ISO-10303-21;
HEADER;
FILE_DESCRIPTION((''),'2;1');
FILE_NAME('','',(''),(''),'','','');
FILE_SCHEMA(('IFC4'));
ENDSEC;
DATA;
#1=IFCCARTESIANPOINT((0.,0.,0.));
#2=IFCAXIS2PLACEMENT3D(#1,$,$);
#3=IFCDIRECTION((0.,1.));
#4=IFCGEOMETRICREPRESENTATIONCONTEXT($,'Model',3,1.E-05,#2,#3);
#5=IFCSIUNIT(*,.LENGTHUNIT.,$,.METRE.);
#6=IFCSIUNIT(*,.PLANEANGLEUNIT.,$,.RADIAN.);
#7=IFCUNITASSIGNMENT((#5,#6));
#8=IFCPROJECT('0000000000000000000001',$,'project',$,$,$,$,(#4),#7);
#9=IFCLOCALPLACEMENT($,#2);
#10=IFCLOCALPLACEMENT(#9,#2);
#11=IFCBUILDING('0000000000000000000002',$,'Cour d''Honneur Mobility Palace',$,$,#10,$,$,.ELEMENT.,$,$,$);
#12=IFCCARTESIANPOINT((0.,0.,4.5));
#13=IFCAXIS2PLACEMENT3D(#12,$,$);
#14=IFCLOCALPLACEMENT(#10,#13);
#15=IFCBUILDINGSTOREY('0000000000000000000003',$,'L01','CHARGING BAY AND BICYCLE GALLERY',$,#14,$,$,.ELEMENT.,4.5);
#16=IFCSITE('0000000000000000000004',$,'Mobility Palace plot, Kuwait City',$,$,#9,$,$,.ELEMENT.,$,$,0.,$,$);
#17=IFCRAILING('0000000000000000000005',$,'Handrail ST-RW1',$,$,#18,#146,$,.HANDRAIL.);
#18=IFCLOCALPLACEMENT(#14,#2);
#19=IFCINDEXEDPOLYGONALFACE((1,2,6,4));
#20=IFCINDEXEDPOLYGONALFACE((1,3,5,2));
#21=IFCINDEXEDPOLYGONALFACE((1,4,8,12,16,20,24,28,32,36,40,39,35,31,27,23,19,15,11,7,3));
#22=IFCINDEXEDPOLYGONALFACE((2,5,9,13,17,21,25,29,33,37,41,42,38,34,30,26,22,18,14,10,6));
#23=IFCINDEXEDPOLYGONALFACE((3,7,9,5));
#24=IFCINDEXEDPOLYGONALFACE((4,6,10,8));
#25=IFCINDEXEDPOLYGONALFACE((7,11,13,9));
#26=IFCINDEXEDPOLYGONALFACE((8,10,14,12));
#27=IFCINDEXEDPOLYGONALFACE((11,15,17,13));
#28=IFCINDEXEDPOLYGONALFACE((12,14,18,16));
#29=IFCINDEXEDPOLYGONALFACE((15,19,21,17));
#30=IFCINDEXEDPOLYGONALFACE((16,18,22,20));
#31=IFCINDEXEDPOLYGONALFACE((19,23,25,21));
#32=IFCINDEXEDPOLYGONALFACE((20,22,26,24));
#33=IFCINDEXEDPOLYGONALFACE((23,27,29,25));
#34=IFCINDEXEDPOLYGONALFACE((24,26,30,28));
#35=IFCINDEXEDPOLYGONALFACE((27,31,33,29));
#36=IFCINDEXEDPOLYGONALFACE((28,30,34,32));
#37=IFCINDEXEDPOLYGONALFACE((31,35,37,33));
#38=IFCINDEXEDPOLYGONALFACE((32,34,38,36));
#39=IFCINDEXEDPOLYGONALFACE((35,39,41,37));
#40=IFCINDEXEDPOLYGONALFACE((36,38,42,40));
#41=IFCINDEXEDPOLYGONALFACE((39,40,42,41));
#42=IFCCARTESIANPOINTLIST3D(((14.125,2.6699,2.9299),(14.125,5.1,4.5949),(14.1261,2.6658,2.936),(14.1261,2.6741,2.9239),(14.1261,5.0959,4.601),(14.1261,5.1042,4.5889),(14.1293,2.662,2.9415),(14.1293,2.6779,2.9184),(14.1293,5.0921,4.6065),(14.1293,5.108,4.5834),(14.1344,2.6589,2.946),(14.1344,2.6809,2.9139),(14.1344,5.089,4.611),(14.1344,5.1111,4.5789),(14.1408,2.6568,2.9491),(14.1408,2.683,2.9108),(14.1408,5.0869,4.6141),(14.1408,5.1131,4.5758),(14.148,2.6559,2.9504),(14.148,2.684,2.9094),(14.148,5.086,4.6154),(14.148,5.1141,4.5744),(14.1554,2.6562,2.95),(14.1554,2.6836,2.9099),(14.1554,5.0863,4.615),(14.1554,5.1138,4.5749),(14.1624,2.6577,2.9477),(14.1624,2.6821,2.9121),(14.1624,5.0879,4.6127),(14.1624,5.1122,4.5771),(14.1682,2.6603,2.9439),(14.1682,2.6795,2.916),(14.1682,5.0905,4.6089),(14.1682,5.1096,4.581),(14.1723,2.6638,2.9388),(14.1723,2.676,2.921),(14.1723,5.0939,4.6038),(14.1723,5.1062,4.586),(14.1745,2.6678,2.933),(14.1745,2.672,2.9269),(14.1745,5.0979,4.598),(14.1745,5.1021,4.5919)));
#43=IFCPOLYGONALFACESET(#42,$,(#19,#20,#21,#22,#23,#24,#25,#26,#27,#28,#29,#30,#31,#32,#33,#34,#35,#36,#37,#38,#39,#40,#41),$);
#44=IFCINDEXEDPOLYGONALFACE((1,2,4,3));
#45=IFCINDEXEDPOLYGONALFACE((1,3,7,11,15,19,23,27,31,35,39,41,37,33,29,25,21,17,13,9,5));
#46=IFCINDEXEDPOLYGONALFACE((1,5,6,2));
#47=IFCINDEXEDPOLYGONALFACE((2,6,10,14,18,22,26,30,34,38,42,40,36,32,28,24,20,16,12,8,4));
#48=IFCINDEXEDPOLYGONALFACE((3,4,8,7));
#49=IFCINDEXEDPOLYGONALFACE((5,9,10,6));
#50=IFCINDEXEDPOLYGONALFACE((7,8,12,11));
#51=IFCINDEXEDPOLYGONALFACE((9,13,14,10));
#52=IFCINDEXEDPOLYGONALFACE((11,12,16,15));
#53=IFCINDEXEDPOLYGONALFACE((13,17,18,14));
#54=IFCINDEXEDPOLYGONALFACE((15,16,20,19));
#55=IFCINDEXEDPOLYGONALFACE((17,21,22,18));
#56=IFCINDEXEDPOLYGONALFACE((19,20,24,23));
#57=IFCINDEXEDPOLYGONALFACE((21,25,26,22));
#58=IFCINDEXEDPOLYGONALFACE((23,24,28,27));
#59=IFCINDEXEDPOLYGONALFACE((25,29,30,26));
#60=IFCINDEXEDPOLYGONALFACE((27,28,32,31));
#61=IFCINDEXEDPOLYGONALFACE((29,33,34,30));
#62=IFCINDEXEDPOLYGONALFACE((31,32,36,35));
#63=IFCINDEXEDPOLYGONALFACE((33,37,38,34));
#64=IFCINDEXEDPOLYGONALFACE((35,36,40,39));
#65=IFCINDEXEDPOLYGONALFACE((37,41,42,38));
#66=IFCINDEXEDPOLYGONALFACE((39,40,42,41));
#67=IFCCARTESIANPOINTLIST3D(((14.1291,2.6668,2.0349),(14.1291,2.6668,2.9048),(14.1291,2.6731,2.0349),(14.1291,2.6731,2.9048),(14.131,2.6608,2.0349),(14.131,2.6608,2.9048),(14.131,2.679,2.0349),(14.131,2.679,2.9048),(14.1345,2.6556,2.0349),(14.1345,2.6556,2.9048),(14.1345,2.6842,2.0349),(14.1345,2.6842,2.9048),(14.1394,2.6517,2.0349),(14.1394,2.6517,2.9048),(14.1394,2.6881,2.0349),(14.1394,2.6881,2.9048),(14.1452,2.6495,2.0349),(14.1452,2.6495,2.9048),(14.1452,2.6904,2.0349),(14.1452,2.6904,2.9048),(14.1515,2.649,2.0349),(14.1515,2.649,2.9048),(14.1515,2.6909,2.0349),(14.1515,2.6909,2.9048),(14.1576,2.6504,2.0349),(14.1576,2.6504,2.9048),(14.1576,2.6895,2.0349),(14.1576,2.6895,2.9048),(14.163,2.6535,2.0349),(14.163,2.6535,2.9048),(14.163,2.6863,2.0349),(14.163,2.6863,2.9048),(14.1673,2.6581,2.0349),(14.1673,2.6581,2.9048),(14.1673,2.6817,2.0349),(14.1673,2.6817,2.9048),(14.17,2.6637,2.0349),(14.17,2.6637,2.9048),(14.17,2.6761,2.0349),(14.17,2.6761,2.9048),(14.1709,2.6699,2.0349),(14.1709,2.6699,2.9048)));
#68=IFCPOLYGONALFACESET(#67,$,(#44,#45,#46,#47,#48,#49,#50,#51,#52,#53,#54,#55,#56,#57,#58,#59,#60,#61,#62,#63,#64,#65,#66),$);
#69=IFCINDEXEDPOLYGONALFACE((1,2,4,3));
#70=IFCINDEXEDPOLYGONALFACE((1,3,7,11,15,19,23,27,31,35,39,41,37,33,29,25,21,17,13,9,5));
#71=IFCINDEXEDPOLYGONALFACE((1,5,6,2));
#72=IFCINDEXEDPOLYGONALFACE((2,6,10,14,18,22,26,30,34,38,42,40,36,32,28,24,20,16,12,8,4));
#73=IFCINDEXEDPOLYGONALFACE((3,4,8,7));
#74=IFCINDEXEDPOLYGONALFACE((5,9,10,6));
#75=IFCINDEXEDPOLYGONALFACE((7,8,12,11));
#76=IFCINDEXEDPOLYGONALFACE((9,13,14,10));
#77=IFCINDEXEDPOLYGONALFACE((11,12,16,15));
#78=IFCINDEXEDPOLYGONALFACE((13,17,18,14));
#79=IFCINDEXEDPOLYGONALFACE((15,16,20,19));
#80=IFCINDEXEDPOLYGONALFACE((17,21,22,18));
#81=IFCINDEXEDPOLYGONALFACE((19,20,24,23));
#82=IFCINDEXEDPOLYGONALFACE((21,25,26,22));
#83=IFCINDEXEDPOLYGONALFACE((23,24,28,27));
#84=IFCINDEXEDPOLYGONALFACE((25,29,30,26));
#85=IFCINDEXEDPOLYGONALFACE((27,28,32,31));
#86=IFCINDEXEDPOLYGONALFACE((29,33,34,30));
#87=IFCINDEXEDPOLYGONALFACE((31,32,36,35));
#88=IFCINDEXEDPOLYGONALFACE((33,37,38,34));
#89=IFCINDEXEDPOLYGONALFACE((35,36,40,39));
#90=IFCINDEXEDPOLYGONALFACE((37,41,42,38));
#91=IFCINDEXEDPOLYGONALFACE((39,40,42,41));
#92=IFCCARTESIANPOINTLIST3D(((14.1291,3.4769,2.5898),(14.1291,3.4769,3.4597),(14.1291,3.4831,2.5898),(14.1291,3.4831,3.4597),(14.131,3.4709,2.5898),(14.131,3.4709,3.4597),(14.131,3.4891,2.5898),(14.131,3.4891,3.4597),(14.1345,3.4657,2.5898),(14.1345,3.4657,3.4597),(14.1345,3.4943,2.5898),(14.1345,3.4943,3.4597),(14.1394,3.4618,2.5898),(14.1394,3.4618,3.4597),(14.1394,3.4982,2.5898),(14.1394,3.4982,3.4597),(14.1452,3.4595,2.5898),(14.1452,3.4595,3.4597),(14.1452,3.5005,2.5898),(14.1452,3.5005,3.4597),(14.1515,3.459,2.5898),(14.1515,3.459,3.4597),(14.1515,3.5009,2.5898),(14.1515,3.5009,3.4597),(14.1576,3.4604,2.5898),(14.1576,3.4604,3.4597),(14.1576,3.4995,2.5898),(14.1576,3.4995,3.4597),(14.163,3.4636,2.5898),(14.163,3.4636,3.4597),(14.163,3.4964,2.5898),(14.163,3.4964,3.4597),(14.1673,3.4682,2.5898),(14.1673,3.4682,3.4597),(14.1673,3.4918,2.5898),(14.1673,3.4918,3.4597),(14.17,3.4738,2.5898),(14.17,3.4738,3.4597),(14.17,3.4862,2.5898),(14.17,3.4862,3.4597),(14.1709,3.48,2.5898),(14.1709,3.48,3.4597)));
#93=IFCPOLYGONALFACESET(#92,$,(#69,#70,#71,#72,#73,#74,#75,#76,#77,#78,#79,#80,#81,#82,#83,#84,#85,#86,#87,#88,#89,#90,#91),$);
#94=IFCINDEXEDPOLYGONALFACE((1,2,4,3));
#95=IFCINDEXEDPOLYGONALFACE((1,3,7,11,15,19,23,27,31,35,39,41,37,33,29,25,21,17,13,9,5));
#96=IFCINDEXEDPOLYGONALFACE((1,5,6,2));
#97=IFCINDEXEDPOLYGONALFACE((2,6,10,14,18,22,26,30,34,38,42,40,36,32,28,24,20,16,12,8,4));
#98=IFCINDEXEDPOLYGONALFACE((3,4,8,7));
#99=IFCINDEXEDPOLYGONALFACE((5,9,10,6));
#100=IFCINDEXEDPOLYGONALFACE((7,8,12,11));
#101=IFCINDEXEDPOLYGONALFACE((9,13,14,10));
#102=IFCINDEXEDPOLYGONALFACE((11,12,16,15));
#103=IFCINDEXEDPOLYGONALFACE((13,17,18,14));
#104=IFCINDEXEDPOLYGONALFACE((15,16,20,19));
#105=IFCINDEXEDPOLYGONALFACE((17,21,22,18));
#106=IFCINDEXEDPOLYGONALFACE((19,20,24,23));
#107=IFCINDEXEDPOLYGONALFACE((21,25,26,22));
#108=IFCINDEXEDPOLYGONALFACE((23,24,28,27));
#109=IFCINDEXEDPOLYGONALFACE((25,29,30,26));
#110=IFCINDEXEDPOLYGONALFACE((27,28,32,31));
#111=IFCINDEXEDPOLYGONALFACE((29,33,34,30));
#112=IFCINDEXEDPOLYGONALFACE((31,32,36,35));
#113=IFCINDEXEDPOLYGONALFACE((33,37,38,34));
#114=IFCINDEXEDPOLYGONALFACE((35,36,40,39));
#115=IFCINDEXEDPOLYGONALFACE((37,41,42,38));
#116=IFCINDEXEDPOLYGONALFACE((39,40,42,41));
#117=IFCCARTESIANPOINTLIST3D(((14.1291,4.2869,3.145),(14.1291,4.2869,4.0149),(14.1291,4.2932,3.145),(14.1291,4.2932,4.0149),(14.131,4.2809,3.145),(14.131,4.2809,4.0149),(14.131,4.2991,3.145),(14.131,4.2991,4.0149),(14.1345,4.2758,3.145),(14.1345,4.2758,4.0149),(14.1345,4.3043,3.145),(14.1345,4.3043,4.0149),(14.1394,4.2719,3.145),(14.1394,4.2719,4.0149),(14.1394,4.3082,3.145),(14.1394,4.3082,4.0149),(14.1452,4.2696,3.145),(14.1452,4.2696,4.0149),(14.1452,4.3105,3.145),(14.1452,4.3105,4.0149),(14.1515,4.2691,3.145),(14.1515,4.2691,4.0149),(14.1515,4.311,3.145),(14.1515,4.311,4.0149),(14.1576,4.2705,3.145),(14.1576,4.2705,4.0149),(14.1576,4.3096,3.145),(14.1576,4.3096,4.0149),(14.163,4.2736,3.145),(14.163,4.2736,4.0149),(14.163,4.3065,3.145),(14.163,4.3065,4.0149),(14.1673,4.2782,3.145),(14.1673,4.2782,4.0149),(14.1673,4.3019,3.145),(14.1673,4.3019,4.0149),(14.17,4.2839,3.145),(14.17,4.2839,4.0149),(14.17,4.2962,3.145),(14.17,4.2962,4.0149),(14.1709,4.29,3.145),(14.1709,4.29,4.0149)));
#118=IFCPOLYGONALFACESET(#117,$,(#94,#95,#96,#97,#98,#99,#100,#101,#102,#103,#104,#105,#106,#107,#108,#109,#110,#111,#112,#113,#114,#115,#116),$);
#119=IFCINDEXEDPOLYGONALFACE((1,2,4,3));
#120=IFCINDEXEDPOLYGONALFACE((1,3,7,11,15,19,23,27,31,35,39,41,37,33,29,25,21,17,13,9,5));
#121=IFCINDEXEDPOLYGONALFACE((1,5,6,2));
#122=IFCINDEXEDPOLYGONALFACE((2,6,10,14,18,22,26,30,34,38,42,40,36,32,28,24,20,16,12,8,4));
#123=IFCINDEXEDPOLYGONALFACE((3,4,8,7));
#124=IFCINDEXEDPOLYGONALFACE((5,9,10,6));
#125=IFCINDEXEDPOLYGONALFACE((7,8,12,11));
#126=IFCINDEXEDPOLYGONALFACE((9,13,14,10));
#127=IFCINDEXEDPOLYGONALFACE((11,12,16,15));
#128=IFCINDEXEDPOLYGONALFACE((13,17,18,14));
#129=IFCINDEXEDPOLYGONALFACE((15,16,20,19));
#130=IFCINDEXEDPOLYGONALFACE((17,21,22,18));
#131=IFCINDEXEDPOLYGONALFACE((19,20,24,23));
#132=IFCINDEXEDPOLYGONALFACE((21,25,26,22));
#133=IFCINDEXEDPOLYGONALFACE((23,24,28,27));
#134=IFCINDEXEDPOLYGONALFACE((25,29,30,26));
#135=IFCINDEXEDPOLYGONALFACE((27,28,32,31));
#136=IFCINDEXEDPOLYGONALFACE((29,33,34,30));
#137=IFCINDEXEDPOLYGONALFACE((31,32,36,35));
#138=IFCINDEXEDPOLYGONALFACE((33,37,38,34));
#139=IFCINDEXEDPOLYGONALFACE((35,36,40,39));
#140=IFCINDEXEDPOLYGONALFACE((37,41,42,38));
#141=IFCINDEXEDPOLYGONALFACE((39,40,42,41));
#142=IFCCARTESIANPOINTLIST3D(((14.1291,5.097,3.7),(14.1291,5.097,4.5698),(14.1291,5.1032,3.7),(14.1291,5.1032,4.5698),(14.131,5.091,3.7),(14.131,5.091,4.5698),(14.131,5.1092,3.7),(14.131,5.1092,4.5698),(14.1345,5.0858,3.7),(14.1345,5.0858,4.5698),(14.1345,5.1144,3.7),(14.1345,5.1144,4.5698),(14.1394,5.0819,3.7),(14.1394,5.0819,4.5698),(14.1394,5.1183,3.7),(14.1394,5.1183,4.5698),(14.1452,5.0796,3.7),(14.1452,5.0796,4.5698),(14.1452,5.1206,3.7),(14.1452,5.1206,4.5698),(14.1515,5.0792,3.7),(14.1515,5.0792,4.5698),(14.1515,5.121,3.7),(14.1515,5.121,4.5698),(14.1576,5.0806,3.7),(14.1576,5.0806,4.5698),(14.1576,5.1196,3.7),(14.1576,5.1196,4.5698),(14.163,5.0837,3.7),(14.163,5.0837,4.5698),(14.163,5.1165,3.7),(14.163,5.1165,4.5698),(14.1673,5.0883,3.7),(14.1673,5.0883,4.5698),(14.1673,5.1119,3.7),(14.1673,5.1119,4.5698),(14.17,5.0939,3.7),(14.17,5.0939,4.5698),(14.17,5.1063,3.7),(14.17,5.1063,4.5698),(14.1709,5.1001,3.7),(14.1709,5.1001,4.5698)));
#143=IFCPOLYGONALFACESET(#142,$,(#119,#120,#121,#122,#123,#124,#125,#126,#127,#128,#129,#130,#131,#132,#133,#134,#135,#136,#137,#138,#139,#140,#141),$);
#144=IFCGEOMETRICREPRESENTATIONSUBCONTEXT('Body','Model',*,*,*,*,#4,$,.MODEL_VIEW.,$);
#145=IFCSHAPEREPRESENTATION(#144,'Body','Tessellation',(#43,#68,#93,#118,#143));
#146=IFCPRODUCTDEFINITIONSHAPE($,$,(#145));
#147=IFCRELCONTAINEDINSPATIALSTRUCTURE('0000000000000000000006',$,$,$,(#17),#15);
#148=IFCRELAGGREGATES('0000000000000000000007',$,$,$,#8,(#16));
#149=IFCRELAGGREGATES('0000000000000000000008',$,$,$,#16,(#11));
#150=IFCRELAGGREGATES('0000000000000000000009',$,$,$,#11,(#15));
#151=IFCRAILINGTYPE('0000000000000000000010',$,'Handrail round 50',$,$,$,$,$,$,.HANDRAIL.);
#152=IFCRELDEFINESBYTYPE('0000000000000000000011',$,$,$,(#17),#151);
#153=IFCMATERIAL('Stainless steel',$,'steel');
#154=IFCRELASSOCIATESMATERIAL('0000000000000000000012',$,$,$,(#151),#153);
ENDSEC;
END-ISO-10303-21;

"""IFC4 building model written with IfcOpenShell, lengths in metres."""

from ifc_helpers import new_model, si_unit, direction, frame, origin, origin_2d, place, context, subcontext, project, spatial, circle, extrude, material, type_object, element, save


model = new_model("IFC4")

# Units and contexts
model_context = context("Model", 3, precision=1e-05, world=origin(), true_north=direction((0.0, 1.0)))
body_context = subcontext(model_context, "Body", "Model", "MODEL_VIEW")
ifc_project = project(units=[si_unit("LENGTHUNIT", "METRE"), si_unit("PLANEANGLEUNIT", "RADIAN")], contexts=[model_context])

# Site, building, storey
site_placement = place(None, origin())
site = spatial("IfcSite", under=ifc_project, at=site_placement, Name="Mobility Palace plot, Kuwait City", CompositionType="ELEMENT", RefElevation=0.0)
building_placement = place(site_placement, origin())
building = spatial("IfcBuilding", under=site, at=building_placement, Name="Cour d'Honneur Mobility Palace", CompositionType="ELEMENT")
storey_placement = place(building_placement, frame((0.0, 0.0, 4.5)))
storey = spatial("IfcBuildingStorey", under=building, at=storey_placement, Name="L01", Description="CHARGING BAY AND BICYCLE GALLERY", CompositionType="ELEMENT", Elevation=4.5)

# Railing
ifc_material_1 = material(Name="Stainless steel", Category="steel")
railing_type_1 = type_object("IfcRailingType", Name="Handrail round 50", PredefinedType="HANDRAIL", material=ifc_material_1)
for number, where, name in (
    (1, (14.1499, 2.6699, 2.0349), "Handrail ST-RW1"),
):
    element("IfcRailing", number, at=place(storey_placement, frame(where)), inside=storey, type_object=railing_type_1, Name=name, PredefinedType="HANDRAIL", context=body_context, shape_type="SweptSolid", body=[
        extrude(circle(Radius=0.0249, at=origin_2d()), frame((0.0, 0.0, 0.895), z_axis=(0.0, 0.824945, 0.565213), x_axis=(-1.0, 0.0, 0.0)), (0.0, 0.0, 1.0), 2.9458),
        extrude(circle(Radius=0.021, at=origin_2d()), origin(), (0.0, 0.0, 1.0), 0.8699),
        extrude(circle(Radius=0.021, at=origin_2d()), frame((0.0, 0.8101, 0.5549)), (0.0, 0.0, 1.0), 0.8699),
        extrude(circle(Radius=0.021, at=origin_2d()), frame((0.0, 1.6201, 1.1101)), (0.0, 0.0, 1.0), 0.8699),
        extrude(circle(Radius=0.021, at=origin_2d()), frame((0.0, 2.4302, 1.665)), (0.0, 0.0, 1.0), 0.8699),
    ])

save(model, "model.ifc")
